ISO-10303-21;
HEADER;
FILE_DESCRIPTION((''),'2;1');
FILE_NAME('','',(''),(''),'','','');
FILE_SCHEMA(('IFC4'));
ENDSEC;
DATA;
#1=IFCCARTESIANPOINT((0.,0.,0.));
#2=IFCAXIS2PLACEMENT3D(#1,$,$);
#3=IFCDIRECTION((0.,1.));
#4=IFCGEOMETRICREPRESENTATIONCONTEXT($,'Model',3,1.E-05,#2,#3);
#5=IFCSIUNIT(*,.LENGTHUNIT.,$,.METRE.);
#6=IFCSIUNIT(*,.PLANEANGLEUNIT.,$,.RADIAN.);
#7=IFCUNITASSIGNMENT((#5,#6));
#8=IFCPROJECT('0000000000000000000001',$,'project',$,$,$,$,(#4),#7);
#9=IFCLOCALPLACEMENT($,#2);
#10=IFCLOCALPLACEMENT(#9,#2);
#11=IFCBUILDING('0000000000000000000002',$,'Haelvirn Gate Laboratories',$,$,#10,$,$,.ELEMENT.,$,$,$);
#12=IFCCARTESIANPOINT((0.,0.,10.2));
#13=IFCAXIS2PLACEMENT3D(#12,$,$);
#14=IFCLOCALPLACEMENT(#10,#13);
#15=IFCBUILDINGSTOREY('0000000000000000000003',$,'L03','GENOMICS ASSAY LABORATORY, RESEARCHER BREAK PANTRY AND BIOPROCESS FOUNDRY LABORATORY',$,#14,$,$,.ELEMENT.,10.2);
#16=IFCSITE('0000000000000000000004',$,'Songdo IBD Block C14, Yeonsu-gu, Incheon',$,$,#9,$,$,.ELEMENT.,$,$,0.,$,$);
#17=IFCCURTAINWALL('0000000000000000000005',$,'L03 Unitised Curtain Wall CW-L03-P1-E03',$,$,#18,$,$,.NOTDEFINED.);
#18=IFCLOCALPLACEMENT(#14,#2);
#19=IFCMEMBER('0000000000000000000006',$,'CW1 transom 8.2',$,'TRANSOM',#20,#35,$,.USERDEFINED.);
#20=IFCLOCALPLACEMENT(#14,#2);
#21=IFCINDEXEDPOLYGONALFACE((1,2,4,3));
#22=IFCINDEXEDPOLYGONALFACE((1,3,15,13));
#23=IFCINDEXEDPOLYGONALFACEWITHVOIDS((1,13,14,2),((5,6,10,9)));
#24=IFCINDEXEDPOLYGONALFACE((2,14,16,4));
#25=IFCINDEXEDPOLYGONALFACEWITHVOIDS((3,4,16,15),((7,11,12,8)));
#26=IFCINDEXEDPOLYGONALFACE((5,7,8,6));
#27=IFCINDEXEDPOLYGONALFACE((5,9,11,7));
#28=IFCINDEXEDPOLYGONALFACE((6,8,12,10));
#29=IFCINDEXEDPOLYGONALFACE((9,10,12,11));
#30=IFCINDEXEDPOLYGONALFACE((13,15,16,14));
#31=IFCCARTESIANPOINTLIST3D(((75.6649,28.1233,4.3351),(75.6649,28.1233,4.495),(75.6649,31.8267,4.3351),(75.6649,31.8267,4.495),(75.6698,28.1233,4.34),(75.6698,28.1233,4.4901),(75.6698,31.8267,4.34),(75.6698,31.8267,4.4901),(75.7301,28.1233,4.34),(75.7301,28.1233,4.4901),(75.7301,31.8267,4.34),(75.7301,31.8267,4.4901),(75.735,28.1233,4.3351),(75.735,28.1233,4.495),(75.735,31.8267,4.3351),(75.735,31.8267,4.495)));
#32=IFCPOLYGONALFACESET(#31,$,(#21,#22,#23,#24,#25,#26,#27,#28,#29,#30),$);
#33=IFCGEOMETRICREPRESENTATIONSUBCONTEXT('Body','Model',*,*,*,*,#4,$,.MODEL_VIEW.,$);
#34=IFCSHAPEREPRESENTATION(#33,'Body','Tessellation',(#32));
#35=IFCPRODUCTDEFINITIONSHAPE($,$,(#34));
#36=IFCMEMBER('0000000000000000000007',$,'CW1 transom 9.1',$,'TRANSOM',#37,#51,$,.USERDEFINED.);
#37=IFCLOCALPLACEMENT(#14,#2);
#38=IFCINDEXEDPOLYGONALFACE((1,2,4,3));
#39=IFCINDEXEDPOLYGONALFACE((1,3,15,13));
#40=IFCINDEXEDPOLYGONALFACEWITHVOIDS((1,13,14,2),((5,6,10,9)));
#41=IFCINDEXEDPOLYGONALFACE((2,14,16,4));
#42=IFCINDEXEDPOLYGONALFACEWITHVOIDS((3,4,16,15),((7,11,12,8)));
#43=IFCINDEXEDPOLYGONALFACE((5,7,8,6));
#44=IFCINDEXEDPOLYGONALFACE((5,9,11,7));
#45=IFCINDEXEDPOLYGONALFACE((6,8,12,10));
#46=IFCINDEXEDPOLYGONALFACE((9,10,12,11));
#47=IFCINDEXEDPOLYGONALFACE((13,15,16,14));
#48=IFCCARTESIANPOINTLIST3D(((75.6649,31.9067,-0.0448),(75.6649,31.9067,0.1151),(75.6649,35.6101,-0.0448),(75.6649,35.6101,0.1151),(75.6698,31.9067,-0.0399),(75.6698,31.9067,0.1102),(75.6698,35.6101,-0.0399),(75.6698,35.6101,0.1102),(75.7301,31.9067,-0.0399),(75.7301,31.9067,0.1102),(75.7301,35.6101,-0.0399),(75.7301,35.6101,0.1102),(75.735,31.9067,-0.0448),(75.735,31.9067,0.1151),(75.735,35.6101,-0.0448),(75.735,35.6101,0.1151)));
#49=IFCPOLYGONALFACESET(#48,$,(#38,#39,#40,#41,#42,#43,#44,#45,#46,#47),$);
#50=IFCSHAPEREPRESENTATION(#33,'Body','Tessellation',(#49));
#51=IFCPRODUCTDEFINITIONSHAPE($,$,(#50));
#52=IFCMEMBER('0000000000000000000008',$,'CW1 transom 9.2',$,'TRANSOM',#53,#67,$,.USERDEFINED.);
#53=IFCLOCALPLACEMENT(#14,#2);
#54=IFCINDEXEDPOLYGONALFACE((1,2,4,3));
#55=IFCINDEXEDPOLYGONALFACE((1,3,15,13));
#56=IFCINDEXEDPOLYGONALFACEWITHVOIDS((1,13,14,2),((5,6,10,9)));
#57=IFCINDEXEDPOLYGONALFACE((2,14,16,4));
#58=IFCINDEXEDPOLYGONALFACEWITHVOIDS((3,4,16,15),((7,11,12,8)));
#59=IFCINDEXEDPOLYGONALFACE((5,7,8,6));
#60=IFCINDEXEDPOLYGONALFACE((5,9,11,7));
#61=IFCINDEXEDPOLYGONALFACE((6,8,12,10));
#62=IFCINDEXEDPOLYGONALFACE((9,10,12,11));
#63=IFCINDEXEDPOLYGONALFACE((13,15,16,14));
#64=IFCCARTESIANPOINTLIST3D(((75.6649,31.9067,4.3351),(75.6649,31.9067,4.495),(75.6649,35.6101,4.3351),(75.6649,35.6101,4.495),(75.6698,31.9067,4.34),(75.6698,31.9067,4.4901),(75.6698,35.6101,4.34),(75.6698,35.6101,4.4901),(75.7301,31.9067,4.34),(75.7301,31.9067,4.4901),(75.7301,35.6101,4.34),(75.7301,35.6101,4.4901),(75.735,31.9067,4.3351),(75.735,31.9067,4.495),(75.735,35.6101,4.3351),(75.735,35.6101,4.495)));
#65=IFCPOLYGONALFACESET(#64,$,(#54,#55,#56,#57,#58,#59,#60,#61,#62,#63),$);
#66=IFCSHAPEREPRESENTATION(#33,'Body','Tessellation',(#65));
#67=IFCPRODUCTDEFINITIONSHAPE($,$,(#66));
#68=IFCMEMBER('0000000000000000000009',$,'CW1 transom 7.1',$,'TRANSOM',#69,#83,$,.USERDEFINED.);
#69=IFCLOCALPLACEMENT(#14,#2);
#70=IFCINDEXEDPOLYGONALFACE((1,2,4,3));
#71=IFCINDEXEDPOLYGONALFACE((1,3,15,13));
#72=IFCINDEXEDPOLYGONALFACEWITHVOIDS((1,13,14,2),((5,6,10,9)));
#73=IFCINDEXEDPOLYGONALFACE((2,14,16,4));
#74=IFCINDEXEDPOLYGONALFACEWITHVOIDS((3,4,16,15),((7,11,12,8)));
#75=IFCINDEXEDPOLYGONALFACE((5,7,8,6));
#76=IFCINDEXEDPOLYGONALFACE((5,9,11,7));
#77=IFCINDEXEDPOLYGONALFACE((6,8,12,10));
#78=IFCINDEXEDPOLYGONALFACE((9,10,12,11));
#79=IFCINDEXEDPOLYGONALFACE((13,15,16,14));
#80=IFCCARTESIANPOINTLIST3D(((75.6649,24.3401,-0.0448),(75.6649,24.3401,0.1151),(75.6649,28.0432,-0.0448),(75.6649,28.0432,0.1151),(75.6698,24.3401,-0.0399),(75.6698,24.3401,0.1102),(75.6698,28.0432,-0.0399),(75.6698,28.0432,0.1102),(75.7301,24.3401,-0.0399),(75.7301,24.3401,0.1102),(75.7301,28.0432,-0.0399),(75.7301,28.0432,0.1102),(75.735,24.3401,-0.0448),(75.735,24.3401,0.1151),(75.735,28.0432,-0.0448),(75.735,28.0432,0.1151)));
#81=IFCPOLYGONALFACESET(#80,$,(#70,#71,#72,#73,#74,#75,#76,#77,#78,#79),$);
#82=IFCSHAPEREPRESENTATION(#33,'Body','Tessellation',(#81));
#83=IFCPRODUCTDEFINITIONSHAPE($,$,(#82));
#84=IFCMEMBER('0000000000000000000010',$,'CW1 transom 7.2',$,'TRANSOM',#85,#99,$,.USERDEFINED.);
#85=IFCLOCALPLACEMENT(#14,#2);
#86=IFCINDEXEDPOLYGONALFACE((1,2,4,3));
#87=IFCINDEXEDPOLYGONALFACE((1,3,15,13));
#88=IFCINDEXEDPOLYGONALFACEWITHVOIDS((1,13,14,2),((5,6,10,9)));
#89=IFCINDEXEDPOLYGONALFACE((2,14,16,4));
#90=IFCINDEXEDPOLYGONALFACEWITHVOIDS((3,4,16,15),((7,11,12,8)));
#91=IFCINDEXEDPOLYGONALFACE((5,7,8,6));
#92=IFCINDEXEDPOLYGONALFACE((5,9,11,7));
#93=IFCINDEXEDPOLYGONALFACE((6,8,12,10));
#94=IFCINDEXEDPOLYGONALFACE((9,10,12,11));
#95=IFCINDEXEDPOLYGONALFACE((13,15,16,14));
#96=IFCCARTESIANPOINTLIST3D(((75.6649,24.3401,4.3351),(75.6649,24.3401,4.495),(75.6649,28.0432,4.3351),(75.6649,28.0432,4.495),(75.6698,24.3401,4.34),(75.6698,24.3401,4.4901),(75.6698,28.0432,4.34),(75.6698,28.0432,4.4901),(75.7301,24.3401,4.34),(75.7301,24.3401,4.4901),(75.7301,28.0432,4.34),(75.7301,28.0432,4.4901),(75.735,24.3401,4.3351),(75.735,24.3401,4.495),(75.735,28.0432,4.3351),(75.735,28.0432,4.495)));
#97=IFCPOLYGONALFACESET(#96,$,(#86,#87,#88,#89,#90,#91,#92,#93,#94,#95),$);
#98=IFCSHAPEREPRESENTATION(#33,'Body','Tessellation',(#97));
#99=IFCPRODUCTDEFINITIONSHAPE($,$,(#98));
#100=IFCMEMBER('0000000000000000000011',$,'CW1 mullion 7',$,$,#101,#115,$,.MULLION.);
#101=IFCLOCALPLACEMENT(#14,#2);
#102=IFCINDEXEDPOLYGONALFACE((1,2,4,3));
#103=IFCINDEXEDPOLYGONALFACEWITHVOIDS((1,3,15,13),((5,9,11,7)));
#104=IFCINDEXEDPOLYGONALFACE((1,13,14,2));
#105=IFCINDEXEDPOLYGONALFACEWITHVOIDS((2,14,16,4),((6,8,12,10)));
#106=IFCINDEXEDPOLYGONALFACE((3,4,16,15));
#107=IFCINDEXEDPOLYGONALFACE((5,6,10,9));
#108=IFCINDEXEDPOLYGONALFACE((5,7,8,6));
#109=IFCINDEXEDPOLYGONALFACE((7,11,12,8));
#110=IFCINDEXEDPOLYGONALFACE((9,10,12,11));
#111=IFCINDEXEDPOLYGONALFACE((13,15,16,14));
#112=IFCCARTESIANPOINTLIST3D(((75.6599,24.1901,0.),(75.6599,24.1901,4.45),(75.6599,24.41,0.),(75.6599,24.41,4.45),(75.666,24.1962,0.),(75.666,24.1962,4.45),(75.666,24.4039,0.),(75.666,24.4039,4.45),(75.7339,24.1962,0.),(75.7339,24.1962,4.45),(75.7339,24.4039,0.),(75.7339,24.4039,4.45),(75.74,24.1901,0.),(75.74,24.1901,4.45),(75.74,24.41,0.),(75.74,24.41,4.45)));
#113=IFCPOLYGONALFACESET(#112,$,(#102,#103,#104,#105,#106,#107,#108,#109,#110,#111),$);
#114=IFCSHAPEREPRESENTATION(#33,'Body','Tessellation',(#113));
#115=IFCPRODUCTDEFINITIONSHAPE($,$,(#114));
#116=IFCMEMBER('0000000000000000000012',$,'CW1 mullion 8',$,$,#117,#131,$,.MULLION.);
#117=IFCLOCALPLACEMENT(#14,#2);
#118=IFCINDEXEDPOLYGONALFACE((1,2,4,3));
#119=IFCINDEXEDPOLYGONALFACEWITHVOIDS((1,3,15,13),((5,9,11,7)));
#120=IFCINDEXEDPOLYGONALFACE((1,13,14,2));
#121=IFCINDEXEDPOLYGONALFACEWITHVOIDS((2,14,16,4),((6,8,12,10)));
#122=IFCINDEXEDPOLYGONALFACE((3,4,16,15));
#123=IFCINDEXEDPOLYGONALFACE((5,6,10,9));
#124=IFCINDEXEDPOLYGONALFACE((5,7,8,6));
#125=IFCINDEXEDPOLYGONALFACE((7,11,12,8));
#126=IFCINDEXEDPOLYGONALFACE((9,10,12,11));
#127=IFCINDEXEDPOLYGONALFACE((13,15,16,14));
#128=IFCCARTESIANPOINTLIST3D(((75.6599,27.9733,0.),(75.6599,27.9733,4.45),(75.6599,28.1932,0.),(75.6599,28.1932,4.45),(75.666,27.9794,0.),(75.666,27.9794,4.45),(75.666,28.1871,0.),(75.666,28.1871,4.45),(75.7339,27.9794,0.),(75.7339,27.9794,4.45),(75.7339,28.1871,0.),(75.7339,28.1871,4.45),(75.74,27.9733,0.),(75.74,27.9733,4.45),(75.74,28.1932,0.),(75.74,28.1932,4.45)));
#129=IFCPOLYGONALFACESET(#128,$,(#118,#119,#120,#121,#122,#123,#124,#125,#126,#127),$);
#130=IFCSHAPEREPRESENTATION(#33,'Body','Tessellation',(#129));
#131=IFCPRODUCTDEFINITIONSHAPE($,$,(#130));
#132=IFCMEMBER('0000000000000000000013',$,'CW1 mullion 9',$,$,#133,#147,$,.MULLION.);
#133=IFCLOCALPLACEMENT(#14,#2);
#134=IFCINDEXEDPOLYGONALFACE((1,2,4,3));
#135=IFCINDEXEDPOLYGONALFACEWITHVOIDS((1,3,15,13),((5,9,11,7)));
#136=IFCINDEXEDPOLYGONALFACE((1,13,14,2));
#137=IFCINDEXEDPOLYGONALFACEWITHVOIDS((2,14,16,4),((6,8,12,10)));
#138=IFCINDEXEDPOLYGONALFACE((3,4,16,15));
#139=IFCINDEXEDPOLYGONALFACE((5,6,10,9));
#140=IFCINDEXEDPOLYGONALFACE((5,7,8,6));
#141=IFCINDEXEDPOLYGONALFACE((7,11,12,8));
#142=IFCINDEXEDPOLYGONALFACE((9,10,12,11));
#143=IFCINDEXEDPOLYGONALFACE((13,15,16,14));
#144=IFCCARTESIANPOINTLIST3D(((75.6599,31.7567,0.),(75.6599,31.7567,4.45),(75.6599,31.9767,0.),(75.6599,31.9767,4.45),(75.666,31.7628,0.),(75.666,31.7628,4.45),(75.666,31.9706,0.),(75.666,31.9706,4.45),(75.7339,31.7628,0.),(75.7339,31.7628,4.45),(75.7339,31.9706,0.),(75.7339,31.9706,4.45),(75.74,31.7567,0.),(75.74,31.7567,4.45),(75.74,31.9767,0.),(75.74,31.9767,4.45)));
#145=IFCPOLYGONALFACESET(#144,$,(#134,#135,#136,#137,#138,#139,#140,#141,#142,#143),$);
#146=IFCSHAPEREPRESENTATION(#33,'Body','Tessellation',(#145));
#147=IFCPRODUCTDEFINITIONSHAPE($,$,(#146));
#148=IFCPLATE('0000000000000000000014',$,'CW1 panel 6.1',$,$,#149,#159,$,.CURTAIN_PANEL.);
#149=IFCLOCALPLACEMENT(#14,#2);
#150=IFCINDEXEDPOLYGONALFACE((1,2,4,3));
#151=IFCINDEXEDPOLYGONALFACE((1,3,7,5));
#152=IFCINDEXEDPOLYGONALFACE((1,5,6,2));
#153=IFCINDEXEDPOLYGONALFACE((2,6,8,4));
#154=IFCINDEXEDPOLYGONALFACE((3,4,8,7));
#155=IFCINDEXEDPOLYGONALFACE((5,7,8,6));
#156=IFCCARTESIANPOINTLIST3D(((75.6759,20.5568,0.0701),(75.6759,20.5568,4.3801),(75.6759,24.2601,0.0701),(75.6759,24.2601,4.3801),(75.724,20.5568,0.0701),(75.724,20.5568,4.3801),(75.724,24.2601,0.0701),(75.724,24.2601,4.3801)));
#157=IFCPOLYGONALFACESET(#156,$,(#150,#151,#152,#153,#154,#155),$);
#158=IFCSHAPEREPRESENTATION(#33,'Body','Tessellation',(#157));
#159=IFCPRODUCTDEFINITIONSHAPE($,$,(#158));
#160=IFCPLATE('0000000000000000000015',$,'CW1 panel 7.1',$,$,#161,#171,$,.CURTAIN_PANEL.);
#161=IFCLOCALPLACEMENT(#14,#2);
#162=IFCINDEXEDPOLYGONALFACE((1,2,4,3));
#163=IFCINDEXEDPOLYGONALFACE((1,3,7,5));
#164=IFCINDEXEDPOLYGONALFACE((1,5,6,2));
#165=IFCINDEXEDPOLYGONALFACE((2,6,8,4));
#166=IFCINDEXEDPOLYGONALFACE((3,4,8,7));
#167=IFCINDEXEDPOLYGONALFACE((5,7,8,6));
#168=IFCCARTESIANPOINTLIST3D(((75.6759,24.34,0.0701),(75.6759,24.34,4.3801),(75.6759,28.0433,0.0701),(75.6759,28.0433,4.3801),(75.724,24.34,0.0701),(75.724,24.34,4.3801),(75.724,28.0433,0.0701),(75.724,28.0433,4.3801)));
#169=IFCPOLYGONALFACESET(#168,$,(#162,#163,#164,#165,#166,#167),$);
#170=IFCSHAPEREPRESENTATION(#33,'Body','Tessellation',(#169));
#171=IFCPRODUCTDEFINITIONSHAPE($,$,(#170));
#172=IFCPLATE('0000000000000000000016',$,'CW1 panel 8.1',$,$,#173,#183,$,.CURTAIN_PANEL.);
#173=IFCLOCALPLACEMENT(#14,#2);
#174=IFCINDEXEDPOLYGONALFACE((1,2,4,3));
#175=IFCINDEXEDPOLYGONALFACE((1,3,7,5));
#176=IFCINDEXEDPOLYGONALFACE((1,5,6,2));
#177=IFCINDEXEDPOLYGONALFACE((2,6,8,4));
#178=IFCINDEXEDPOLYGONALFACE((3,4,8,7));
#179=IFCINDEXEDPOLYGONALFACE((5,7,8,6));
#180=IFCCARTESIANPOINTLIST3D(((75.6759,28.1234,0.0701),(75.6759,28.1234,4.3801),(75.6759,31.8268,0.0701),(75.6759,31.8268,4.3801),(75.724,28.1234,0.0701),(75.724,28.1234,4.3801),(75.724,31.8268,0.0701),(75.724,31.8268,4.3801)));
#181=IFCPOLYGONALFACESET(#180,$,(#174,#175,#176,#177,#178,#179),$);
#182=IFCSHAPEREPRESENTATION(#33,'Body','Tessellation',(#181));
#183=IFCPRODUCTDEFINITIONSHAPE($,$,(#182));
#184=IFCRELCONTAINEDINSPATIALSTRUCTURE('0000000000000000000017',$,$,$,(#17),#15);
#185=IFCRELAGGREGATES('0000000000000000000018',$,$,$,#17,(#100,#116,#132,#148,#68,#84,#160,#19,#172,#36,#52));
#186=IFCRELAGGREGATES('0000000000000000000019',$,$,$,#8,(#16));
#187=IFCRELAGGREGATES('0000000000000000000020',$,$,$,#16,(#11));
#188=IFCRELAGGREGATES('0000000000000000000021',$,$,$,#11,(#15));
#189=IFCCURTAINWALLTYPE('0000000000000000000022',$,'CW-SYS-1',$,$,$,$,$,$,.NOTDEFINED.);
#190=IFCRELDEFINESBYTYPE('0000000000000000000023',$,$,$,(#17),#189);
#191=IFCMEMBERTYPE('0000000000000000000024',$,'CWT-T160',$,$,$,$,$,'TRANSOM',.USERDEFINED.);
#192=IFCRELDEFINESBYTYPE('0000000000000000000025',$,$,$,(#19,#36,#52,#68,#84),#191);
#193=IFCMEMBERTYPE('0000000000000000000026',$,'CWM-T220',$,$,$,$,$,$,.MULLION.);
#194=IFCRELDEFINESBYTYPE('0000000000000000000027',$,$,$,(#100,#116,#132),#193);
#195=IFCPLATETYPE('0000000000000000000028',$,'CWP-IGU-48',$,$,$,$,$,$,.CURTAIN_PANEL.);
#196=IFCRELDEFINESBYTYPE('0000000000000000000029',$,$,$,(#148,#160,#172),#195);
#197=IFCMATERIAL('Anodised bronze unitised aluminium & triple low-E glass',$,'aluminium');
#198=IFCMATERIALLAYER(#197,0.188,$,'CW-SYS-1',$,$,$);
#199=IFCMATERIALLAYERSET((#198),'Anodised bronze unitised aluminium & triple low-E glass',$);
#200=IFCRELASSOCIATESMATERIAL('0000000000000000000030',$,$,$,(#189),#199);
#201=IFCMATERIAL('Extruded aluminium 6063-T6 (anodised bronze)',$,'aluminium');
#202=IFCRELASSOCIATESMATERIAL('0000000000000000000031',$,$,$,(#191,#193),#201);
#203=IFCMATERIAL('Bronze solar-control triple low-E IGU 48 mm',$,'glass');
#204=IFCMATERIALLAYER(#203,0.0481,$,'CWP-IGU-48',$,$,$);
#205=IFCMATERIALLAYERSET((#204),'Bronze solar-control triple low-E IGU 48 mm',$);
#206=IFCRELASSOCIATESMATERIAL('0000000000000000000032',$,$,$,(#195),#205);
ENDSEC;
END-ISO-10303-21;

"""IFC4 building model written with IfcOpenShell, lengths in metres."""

from ifc_helpers import new_model, si_unit, direction, frame, origin, origin_2d, place, context, subcontext, project, spatial, rectangle, hollow_rectangle, extrude, source, transform, mapped, material, layer, layer_set, material_profile, profile_set, type_object, type_shapes, element, aggregate, save


model = new_model("IFC4")

# Units and contexts
model_context = context("Model", 3, precision=1e-05, world=origin(), true_north=direction((0.0, 1.0)))
body_context = subcontext(model_context, "Body", "Model", "MODEL_VIEW")
ifc_project = project(units=[si_unit("LENGTHUNIT", "METRE"), si_unit("PLANEANGLEUNIT", "RADIAN")], contexts=[model_context])

# Site, building, storey
site_placement = place(None, origin())
site = spatial("IfcSite", under=ifc_project, at=site_placement, Name="Songdo IBD Block C14, Yeonsu-gu, Incheon", CompositionType="ELEMENT", RefElevation=0.0)
building_placement = place(site_placement, origin())
building = spatial("IfcBuilding", under=site, at=building_placement, Name="Haelvirn Gate Laboratories", CompositionType="ELEMENT")
storey_placement = place(building_placement, frame((0.0, 0.0, 10.2)))
storey = spatial("IfcBuildingStorey", under=building, at=storey_placement, Name="L03", Description="GENOMICS ASSAY LABORATORY, RESEARCHER BREAK PANTRY AND BIOPROCESS FOUNDRY LABORATORY", CompositionType="ELEMENT", Elevation=10.2)

# Curtain wall, members, plates
ifc_material_1 = material(Name="Anodised bronze unitised aluminium & triple low-E glass", Category="aluminium")
ifc_layer_1 = layer(ifc_material_1, 0.188, Name="CW-SYS-1")
ifc_layer_set_1 = layer_set([ifc_layer_1], Name="Anodised bronze unitised aluminium & triple low-E glass")
curtain_wall_type = type_object("IfcCurtainWallType", Name="CW-SYS-1", PredefinedType="NOTDEFINED", material=ifc_layer_set_1)
curtain_wall_placement = place(storey_placement, origin())
curtain_wall = element("IfcCurtainWall", 1, at=curtain_wall_placement, inside=storey, type_object=curtain_wall_type, Name="L03 Unitised Curtain Wall CW-L03-P1-E03", PredefinedType="NOTDEFINED")
ifc_material_2 = material(Name="Extruded aluminium 6063-T6 (anodised bronze)", Category="aluminium")
ifc_material_profile_1 = material_profile(ifc_material_2, hollow_rectangle(XDim=0.0701, YDim=0.1599, WallThickness=0.0049, at=origin_2d()), Name="CWT-160x70x5")
ifc_profile_set_1 = profile_set([ifc_material_profile_1], Name="Extruded aluminium 6063-T6 (anodised bronze)")
member_type_1 = type_object("IfcMemberType", Name="CWT-T160", ElementType="TRANSOM", PredefinedType="USERDEFINED", material=ifc_profile_set_1)
shared_shape_1 = source(origin(), body_context, "Body", "SweptSolid", [
    extrude(hollow_rectangle(XDim=0.0701, YDim=0.1599, WallThickness=0.0049, at=origin_2d()), origin(), (0.0, 0.0, 1.0), 3.7034),
])
member_1_placement = place(storey_placement, frame((75.7, 28.1233, 4.415), z_axis=(0.0, 1.0, 0.0), x_axis=(-1.0, 0.0, 0.0)))
member_1 = element("IfcMember", 2, at=member_1_placement, type_object=member_type_1, Name="CW1 transom 8.2", ObjectType="TRANSOM", PredefinedType="USERDEFINED", context=body_context, shape_type="MappedRepresentation", body=[
    mapped(shared_shape_1, transform((0.0, 0.0, 0.0), scale=1.0)),
])
member_2_placement = place(storey_placement, frame((75.7, 31.9067, 0.0352), z_axis=(0.0, 1.0, 0.0), x_axis=(-1.0, 0.0, 0.0)))
member_2 = element("IfcMember", 3, at=member_2_placement, type_object=member_type_1, Name="CW1 transom 9.1", ObjectType="TRANSOM", PredefinedType="USERDEFINED", context=body_context, shape_type="MappedRepresentation", body=[
    mapped(shared_shape_1, transform((0.0, 0.0, 0.0), scale=1.0)),
])
member_3_placement = place(storey_placement, frame((75.7, 31.9067, 4.415), z_axis=(0.0, 1.0, 0.0), x_axis=(-1.0, 0.0, 0.0)))
member_3 = element("IfcMember", 4, at=member_3_placement, type_object=member_type_1, Name="CW1 transom 9.2", ObjectType="TRANSOM", PredefinedType="USERDEFINED", context=body_context, shape_type="MappedRepresentation", body=[
    mapped(shared_shape_1, transform((0.0, 0.0, 0.0), scale=1.0)),
])
shared_shape_2 = source(origin(), body_context, "Body", "SweptSolid", [
    extrude(hollow_rectangle(XDim=0.0701, YDim=0.1599, WallThickness=0.0049, at=origin_2d()), origin(), (0.0, 0.0, 1.0), 3.7031),
])
type_shapes(member_type_1, [shared_shape_1, shared_shape_2])
member_4_placement = place(storey_placement, frame((75.7, 24.3401, 0.0352), z_axis=(0.0, 1.0, 0.0), x_axis=(-1.0, 0.0, 0.0)))
member_4 = element("IfcMember", 5, at=member_4_placement, type_object=member_type_1, Name="CW1 transom 7.1", ObjectType="TRANSOM", PredefinedType="USERDEFINED", context=body_context, shape_type="MappedRepresentation", body=[
    mapped(shared_shape_2, transform((0.0, 0.0, 0.0), scale=1.0)),
])
member_5_placement = place(storey_placement, frame((75.7, 24.3401, 4.415), z_axis=(0.0, 1.0, 0.0), x_axis=(-1.0, 0.0, 0.0)))
member_5 = element("IfcMember", 6, at=member_5_placement, type_object=member_type_1, Name="CW1 transom 7.2", ObjectType="TRANSOM", PredefinedType="USERDEFINED", context=body_context, shape_type="MappedRepresentation", body=[
    mapped(shared_shape_2, transform((0.0, 0.0, 0.0), scale=1.0)),
])
ifc_material_profile_2 = material_profile(ifc_material_2, hollow_rectangle(XDim=0.0801, YDim=0.22, WallThickness=0.0061, at=origin_2d()), Name="CWM-220x80x6")
ifc_profile_set_2 = profile_set([ifc_material_profile_2], Name="Extruded aluminium 6063-T6 (anodised bronze)")
member_type_2 = type_object("IfcMemberType", Name="CWM-T220", PredefinedType="MULLION", material=ifc_profile_set_2)
shared_shape_3 = source(origin(), body_context, "Body", "SweptSolid", [
    extrude(hollow_rectangle(XDim=0.0801, YDim=0.22, WallThickness=0.0061, at=origin_2d()), origin(), (0.0, 0.0, 1.0), 4.45),
])
type_shapes(member_type_2, [shared_shape_3])
member_6_placement = place(storey_placement, frame((75.7, 24.3, 0.0), z_axis=(0.0, 0.0, 1.0), x_axis=(-1.0, 0.0, 0.0)))
member_6 = element("IfcMember", 7, at=member_6_placement, type_object=member_type_2, Name="CW1 mullion 7", PredefinedType="MULLION", context=body_context, shape_type="MappedRepresentation", body=[
    mapped(shared_shape_3, transform((0.0, 0.0, 0.0), scale=1.0)),
])
member_7_placement = place(storey_placement, frame((75.7, 28.0833, 0.0), z_axis=(0.0, 0.0, 1.0), x_axis=(-1.0, 0.0, 0.0)))
member_7 = element("IfcMember", 8, at=member_7_placement, type_object=member_type_2, Name="CW1 mullion 8", PredefinedType="MULLION", context=body_context, shape_type="MappedRepresentation", body=[
    mapped(shared_shape_3, transform((0.0, 0.0, 0.0), scale=1.0)),
])
member_8_placement = place(storey_placement, frame((75.7, 31.8667, 0.0), z_axis=(0.0, 0.0, 1.0), x_axis=(-1.0, 0.0, 0.0)))
member_8 = element("IfcMember", 9, at=member_8_placement, type_object=member_type_2, Name="CW1 mullion 9", PredefinedType="MULLION", context=body_context, shape_type="MappedRepresentation", body=[
    mapped(shared_shape_3, transform((0.0, 0.0, 0.0), scale=1.0)),
])
ifc_material_3 = material(Name="Bronze solar-control triple low-E IGU 48 mm", Category="glass")
ifc_layer_2 = layer(ifc_material_3, 0.0481, Name="CWP-IGU-48")
ifc_layer_set_2 = layer_set([ifc_layer_2], Name="Bronze solar-control triple low-E IGU 48 mm")
plate_type = type_object("IfcPlateType", Name="CWP-IGU-48", PredefinedType="CURTAIN_PANEL", material=ifc_layer_set_2)
shared_shape_4 = source(origin(), body_context, "Body", "SweptSolid", [
    extrude(rectangle(XDim=3.7034, YDim=0.0481, at=origin_2d()), origin(), (0.0, 0.0, 1.0), 4.3101),
])
type_shapes(plate_type, [shared_shape_4])
plate_1_placement = place(storey_placement, frame((75.7, 22.4084, 0.0701), z_axis=(0.0, 0.0, 1.0), x_axis=(0.0, 1.0, 0.0)))
plate_1 = element("IfcPlate", 10, at=plate_1_placement, type_object=plate_type, Name="CW1 panel 6.1", PredefinedType="CURTAIN_PANEL", context=body_context, shape_type="MappedRepresentation", body=[
    mapped(shared_shape_4, transform((0.0, 0.0, 0.0), scale=1.0)),
])
plate_2_placement = place(storey_placement, frame((75.7, 26.1917, 0.0701), z_axis=(0.0, 0.0, 1.0), x_axis=(0.0, 1.0, 0.0)))
plate_2 = element("IfcPlate", 11, at=plate_2_placement, type_object=plate_type, Name="CW1 panel 7.1", PredefinedType="CURTAIN_PANEL", context=body_context, shape_type="MappedRepresentation", body=[
    mapped(shared_shape_4, transform((0.0, 0.0, 0.0), scale=1.0)),
])
plate_3_placement = place(storey_placement, frame((75.7, 29.9751, 0.0701), z_axis=(0.0, 0.0, 1.0), x_axis=(0.0, 1.0, 0.0)))
plate_3 = element("IfcPlate", 12, at=plate_3_placement, type_object=plate_type, Name="CW1 panel 8.1", PredefinedType="CURTAIN_PANEL", context=body_context, shape_type="MappedRepresentation", body=[
    mapped(shared_shape_4, transform((0.0, 0.0, 0.0), scale=1.0)),
])
aggregate(curtain_wall, [member_6, member_7, member_8, plate_1, member_4, member_5, plate_2, member_1, plate_3, member_2, member_3])

save(model, "model.ifc")
